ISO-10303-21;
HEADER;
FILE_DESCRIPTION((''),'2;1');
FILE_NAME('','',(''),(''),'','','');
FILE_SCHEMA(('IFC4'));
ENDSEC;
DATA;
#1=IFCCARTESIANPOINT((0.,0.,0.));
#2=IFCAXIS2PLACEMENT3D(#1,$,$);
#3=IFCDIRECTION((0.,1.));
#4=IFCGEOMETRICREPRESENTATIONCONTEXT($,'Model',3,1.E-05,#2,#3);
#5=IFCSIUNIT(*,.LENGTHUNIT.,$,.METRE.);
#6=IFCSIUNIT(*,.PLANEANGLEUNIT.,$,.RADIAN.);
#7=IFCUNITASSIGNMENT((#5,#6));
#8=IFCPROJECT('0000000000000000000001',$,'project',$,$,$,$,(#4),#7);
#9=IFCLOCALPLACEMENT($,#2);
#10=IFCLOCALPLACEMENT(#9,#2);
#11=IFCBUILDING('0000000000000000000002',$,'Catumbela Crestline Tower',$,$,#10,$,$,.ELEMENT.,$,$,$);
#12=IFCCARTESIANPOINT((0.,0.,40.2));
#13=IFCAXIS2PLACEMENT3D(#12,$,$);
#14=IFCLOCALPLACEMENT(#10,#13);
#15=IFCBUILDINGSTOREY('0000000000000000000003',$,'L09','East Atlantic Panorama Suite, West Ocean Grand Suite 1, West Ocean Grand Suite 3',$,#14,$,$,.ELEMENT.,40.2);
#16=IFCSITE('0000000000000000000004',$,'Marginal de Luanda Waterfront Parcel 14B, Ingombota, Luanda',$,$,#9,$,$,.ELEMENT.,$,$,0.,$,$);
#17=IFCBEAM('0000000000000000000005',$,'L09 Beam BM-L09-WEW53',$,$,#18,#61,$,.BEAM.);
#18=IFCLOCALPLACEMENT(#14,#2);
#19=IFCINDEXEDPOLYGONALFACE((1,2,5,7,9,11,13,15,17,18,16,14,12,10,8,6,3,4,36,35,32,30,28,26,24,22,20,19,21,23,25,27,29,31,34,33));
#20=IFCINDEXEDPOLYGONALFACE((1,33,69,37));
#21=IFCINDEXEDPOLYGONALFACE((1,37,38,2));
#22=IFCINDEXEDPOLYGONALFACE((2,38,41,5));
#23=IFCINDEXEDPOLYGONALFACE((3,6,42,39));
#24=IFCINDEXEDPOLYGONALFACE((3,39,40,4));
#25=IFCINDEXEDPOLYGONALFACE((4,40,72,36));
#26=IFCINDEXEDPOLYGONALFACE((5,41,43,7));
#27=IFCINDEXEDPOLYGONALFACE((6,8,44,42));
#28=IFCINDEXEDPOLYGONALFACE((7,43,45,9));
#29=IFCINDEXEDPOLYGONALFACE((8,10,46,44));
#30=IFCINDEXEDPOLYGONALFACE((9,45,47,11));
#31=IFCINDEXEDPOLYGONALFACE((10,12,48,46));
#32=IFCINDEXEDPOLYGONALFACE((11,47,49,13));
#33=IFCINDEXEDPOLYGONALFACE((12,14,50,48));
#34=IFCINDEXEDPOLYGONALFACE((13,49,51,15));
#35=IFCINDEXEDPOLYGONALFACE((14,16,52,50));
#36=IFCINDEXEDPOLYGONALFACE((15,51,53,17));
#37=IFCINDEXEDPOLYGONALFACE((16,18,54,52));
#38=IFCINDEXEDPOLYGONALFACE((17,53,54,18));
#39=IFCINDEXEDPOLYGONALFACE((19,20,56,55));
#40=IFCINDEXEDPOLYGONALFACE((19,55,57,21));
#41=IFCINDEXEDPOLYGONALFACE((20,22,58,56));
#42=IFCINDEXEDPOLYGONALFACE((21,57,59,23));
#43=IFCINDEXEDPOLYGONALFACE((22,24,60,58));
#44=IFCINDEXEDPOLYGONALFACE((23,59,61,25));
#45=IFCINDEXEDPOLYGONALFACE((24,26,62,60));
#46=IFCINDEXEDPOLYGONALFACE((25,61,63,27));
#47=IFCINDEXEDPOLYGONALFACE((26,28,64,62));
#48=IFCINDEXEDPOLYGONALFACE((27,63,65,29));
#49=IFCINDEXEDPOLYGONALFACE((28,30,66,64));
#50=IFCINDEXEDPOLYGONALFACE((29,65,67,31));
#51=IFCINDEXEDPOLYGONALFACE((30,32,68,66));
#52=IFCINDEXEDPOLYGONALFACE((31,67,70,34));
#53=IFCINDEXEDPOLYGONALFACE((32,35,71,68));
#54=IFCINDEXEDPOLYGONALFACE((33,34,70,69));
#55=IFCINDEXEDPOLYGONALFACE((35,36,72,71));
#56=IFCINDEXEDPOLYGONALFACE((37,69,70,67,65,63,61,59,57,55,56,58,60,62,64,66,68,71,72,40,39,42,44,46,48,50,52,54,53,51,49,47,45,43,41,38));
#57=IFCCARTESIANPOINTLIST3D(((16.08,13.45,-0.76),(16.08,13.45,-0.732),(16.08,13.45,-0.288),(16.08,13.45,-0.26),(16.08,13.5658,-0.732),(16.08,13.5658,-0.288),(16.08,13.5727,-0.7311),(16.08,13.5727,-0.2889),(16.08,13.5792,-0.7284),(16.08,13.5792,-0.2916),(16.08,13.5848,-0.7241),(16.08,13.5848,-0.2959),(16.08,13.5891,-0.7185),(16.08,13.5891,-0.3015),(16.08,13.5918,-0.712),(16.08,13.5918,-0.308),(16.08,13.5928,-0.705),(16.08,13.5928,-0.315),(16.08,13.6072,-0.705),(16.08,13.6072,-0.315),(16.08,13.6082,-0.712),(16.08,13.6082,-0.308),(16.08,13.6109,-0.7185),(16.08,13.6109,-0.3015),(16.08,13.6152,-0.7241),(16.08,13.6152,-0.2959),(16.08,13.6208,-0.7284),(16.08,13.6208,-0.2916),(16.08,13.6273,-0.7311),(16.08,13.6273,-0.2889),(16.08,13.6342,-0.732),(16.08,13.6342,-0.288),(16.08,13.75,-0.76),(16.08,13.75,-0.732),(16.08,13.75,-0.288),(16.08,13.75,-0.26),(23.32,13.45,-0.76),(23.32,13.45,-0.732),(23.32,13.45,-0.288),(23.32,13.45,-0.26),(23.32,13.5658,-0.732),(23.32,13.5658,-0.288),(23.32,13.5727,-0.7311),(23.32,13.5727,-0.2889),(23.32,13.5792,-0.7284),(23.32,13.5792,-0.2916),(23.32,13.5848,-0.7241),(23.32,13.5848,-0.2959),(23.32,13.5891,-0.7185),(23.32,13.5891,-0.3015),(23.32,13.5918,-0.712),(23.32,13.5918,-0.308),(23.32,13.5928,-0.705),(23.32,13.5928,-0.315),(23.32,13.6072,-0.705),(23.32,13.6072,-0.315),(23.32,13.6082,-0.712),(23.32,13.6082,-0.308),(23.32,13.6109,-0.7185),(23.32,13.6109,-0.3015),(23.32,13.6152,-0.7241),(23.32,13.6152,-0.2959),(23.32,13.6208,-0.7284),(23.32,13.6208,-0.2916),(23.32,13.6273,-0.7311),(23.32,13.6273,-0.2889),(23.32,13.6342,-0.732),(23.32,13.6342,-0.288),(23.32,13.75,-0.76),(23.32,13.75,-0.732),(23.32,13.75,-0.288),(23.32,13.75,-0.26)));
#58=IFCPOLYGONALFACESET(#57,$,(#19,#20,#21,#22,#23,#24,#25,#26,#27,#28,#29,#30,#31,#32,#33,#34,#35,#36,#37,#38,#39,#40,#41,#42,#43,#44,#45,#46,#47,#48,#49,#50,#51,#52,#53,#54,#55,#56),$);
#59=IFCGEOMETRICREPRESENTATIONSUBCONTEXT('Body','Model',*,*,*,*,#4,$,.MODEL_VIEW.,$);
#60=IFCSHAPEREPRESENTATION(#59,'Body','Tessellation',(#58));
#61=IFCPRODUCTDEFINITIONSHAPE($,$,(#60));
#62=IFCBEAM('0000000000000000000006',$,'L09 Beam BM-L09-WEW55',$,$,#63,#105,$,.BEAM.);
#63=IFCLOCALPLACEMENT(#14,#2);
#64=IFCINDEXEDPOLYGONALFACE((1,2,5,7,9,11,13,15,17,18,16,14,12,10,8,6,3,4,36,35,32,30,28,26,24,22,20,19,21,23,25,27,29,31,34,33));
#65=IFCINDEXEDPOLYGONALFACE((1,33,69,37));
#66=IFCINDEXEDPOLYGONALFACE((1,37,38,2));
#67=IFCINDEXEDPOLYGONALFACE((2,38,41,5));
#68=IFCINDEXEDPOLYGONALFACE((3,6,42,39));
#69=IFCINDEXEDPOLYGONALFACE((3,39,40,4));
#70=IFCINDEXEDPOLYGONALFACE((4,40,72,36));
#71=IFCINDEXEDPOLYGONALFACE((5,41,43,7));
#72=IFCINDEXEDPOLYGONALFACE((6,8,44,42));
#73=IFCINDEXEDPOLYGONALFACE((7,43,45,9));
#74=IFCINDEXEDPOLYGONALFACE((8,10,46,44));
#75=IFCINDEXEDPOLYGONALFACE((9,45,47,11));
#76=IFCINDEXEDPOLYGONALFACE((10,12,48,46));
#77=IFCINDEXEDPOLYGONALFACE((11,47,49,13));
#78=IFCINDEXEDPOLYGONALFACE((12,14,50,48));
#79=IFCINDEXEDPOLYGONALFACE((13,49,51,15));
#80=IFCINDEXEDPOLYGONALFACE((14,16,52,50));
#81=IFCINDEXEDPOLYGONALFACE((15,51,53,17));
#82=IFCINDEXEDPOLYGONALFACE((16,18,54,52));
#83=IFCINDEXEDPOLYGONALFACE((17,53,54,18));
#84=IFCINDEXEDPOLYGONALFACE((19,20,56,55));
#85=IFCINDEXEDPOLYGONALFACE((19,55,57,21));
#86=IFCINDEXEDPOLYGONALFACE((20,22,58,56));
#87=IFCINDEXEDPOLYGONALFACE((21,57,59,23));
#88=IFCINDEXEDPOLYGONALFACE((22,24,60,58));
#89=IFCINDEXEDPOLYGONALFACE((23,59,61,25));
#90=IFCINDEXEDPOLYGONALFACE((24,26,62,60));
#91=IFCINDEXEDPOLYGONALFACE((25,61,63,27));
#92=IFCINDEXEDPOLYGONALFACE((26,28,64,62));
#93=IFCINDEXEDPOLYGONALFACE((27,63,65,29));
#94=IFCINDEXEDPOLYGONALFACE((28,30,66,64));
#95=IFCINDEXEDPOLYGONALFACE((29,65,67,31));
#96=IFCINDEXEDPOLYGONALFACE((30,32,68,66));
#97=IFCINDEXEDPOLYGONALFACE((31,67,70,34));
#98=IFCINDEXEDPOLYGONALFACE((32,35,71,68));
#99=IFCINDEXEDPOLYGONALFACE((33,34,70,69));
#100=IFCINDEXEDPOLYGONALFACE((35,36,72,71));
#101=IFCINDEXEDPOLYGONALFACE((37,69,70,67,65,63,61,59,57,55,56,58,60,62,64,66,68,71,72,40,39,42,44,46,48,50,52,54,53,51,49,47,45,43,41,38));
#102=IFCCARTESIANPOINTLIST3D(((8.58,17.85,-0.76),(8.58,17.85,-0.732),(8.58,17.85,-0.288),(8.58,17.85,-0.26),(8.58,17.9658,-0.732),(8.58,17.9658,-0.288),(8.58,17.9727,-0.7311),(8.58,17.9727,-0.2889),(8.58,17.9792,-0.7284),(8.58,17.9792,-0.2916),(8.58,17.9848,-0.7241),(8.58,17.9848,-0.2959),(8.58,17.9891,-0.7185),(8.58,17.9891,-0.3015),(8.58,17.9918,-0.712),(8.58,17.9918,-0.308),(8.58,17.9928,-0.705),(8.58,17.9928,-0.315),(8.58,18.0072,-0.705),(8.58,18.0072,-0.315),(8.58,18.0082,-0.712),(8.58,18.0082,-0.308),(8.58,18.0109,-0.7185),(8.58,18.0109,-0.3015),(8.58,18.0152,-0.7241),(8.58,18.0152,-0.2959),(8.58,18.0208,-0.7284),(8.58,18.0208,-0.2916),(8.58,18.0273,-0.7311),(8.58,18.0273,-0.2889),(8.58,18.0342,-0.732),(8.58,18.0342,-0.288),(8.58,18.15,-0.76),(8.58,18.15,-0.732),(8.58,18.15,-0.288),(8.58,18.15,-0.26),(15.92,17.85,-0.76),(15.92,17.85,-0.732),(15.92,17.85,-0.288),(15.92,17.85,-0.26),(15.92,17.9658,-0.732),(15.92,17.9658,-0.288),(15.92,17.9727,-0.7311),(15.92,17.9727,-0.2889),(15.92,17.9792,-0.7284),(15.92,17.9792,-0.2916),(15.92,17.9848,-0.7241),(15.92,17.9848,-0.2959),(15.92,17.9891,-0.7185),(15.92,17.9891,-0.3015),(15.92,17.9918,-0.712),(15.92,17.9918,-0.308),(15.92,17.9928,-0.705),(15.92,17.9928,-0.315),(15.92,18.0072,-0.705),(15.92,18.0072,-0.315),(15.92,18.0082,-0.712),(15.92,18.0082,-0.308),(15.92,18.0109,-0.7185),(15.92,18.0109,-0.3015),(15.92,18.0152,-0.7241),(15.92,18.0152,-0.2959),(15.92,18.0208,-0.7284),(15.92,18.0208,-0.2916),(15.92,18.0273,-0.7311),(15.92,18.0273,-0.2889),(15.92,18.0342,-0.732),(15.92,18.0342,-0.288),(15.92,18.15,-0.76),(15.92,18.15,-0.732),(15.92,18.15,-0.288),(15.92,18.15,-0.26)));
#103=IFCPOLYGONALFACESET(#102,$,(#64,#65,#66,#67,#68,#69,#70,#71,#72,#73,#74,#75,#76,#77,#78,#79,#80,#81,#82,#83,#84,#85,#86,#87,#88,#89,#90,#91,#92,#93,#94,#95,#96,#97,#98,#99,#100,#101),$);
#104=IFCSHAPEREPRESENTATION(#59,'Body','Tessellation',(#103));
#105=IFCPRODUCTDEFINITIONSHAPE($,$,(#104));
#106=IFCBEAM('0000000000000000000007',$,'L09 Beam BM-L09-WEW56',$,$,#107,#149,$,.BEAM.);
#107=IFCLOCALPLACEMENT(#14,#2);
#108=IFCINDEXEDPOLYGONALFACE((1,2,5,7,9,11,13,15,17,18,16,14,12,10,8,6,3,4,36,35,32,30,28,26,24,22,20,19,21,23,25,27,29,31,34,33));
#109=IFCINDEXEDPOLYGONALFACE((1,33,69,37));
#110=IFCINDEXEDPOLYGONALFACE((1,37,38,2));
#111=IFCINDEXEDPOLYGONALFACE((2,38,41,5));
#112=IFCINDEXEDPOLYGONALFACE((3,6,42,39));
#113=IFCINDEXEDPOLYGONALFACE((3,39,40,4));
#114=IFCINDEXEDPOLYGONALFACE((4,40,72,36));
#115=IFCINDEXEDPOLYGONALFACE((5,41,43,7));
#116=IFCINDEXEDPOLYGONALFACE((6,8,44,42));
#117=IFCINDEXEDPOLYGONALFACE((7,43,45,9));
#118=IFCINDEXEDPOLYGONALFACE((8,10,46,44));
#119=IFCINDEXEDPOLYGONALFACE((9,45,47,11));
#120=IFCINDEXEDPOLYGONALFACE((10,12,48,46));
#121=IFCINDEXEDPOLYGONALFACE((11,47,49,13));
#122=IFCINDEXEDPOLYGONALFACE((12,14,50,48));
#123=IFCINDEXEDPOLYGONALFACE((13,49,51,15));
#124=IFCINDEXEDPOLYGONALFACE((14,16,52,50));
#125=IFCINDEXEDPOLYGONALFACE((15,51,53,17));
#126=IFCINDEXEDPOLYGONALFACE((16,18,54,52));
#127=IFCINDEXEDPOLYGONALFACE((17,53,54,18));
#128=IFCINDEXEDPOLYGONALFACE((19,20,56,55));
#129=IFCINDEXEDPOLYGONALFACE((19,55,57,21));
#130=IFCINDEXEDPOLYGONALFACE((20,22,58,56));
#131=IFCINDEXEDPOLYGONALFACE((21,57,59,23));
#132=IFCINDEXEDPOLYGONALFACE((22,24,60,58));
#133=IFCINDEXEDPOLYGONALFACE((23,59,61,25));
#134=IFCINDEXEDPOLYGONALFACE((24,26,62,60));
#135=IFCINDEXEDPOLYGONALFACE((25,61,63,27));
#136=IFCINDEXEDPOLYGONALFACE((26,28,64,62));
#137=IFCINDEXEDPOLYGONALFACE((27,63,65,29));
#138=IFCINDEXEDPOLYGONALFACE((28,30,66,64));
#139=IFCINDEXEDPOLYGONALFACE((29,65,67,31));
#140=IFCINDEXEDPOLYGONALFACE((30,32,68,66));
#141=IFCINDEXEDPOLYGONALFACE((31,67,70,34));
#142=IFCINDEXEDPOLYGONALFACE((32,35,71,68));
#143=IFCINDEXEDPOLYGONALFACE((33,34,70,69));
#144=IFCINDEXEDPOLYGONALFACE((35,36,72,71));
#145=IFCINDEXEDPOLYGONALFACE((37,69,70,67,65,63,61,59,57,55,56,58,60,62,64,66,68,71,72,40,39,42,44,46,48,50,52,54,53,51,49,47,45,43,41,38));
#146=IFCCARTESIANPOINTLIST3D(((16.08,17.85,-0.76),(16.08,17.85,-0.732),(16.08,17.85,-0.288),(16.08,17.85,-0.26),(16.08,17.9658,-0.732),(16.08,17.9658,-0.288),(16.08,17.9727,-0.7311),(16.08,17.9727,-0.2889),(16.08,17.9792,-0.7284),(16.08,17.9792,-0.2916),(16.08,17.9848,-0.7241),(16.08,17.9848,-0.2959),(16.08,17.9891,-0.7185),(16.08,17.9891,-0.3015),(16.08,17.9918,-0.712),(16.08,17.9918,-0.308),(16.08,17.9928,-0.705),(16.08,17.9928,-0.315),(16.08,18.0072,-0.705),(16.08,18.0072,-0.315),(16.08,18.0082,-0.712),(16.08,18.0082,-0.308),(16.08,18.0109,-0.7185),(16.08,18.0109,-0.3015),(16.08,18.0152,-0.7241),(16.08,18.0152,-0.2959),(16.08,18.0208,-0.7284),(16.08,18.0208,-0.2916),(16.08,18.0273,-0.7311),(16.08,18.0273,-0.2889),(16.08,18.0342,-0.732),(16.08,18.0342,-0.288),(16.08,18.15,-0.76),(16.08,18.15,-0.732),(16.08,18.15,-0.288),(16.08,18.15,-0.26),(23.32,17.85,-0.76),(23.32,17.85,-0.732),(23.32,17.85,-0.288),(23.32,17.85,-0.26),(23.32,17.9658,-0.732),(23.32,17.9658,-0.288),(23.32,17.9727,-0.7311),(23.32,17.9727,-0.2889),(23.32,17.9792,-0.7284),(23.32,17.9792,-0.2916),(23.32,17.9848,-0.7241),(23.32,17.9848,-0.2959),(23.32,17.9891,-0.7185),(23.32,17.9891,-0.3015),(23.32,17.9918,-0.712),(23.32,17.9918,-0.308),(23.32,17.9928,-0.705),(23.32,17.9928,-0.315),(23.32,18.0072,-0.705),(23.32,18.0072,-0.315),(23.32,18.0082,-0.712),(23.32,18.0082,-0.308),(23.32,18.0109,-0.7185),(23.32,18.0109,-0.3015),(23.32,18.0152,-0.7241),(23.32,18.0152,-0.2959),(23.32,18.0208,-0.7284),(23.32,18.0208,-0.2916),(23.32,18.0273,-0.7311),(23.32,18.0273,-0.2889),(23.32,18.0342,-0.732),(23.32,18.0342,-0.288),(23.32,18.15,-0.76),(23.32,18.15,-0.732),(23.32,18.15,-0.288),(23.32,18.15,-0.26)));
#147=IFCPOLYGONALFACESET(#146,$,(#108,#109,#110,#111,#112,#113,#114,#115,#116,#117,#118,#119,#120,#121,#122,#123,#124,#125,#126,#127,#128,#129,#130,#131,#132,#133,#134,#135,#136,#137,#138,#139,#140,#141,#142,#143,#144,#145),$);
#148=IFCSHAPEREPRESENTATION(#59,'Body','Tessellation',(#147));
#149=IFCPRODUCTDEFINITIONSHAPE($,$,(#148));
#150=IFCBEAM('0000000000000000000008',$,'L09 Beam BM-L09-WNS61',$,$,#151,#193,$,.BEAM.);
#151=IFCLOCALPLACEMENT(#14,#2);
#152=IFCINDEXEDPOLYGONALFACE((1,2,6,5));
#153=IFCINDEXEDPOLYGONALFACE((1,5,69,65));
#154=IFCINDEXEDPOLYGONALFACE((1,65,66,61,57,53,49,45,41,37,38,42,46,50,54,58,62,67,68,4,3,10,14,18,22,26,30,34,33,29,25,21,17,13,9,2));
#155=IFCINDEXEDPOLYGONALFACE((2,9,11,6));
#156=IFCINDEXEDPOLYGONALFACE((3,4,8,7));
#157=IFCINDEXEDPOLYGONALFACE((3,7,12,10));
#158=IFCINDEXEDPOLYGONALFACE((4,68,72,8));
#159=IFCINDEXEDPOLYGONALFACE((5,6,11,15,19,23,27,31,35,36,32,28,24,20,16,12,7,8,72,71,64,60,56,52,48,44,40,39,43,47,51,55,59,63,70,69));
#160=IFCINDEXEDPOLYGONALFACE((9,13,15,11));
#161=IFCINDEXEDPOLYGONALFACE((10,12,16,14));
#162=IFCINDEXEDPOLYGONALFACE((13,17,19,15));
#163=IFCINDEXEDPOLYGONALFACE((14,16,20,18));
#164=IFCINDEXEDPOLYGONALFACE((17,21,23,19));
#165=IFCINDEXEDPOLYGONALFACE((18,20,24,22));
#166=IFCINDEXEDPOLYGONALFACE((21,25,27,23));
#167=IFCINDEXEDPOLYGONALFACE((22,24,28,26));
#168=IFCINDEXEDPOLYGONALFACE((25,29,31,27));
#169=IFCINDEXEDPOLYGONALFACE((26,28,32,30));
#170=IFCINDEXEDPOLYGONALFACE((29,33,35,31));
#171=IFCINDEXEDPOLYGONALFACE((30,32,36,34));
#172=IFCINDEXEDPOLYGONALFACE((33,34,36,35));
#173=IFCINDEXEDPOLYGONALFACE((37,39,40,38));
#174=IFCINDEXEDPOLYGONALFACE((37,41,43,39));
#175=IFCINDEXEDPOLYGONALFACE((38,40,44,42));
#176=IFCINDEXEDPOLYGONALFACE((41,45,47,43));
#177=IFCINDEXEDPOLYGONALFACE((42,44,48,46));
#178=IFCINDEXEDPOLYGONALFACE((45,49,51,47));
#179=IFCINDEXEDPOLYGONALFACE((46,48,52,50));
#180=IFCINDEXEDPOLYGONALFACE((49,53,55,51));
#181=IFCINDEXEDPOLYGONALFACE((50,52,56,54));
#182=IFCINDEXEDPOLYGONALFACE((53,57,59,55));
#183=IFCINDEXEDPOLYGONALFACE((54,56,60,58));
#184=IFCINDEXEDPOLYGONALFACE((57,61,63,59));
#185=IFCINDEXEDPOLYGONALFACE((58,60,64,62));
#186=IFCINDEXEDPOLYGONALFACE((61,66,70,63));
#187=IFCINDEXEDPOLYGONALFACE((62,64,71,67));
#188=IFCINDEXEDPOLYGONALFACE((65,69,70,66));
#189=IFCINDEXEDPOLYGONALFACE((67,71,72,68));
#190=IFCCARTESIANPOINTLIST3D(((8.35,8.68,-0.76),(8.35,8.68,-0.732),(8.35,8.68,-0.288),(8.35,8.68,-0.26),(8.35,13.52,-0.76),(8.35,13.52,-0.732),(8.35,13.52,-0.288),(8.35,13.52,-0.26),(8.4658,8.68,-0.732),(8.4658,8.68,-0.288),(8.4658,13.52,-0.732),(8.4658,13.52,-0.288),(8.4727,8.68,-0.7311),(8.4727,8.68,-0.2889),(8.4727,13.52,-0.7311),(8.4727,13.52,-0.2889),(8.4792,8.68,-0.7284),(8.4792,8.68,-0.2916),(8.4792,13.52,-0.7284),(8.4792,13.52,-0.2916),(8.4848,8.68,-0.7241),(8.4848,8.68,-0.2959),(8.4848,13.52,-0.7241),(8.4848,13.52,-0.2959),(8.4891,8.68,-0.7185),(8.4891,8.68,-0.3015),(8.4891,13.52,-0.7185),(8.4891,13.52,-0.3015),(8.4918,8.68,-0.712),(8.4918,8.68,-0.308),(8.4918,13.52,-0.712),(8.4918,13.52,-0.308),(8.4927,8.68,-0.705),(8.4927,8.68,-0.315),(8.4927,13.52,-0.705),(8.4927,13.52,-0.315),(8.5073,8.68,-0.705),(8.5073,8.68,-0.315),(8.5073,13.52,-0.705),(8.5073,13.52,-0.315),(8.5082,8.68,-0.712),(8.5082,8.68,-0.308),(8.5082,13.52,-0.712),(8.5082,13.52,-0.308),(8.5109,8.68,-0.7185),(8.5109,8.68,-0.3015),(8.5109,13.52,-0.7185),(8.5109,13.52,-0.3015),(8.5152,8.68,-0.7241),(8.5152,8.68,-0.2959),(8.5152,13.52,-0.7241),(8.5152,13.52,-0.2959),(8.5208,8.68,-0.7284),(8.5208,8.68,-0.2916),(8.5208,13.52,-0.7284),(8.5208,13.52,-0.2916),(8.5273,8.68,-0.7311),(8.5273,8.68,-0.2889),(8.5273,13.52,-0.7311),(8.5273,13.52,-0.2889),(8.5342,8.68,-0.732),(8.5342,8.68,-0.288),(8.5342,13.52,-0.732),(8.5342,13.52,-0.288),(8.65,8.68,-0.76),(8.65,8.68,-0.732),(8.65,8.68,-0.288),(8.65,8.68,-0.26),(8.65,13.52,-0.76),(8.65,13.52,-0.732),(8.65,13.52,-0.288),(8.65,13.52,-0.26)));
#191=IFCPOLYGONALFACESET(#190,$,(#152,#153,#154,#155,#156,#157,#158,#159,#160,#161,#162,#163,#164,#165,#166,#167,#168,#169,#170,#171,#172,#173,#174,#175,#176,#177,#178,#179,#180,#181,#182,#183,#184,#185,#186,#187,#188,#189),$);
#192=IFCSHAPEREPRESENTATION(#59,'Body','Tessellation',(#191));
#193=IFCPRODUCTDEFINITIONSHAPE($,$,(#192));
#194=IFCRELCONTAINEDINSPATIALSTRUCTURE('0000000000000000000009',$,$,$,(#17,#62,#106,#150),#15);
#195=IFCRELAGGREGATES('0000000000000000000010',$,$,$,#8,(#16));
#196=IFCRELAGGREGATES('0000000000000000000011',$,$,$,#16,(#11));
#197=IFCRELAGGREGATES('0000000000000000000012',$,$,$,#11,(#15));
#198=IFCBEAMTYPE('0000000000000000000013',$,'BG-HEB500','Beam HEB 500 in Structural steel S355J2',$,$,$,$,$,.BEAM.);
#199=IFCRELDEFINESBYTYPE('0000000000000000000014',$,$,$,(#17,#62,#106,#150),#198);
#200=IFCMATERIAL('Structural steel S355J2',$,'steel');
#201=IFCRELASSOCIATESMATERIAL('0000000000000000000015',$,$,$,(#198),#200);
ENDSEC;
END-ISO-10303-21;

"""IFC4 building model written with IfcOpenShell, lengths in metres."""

from ifc_helpers import new_model, si_unit, direction, frame, origin, origin_2d, place, context, subcontext, project, spatial, i_section, extrude, material, material_profile, profile_set, type_object, element, save


model = new_model("IFC4")

# Units and contexts
model_context = context("Model", 3, precision=1e-05, world=origin(), true_north=direction((0.0, 1.0)))
body_context = subcontext(model_context, "Body", "Model", "MODEL_VIEW")
ifc_project = project(units=[si_unit("LENGTHUNIT", "METRE"), si_unit("PLANEANGLEUNIT", "RADIAN")], contexts=[model_context])

# Site, building, storey
site_placement = place(None, origin())
site = spatial("IfcSite", under=ifc_project, at=site_placement, Name="Marginal de Luanda Waterfront Parcel 14B, Ingombota, Luanda", CompositionType="ELEMENT", RefElevation=0.0)
building_placement = place(site_placement, origin())
building = spatial("IfcBuilding", under=site, at=building_placement, Name="Catumbela Crestline Tower", CompositionType="ELEMENT")
storey_placement = place(building_placement, frame((0.0, 0.0, 40.2)))
storey = spatial("IfcBuildingStorey", under=building, at=storey_placement, Name="L09", Description="East Atlantic Panorama Suite, West Ocean Grand Suite 1, West Ocean Grand Suite 3", CompositionType="ELEMENT", Elevation=40.2)

# Beams
ifc_material_1 = material(Name="Structural steel S355J2", Category="steel")
ifc_material_profile_1 = material_profile(ifc_material_1, i_section(OverallWidth=0.3, OverallDepth=0.5, WebThickness=0.0145, FlangeThickness=0.028, FilletRadius=0.027, at=origin_2d()), Name="HEB 500")
ifc_profile_set_1 = profile_set([ifc_material_profile_1], Name="Structural steel S355J2")
beam_type_1 = type_object("IfcBeamType", Name="BG-HEB500", Description="Beam HEB 500 in Structural steel S355J2", PredefinedType="BEAM", material=ifc_profile_set_1)
beam_1_placement = place(storey_placement, frame((16.08, 13.6, -0.51), z_axis=(1.0, 0.0, 0.0), x_axis=(0.0, 1.0, 0.0)))
element("IfcBeam", 1, at=beam_1_placement, inside=storey, type_object=beam_type_1, Name="L09 Beam BM-L09-WEW53", PredefinedType="BEAM", context=body_context, shape_type="SweptSolid", body=[
    extrude(i_section(OverallWidth=0.3, OverallDepth=0.5, WebThickness=0.0145, FlangeThickness=0.028, FilletRadius=0.027, at=origin_2d()), origin(), (0.0, 0.0, 1.0), 7.24),
])
beam_2_placement = place(storey_placement, frame((8.58, 18.0, -0.51), z_axis=(1.0, 0.0, 0.0), x_axis=(0.0, 1.0, 0.0)))
element("IfcBeam", 2, at=beam_2_placement, inside=storey, type_object=beam_type_1, Name="L09 Beam BM-L09-WEW55", PredefinedType="BEAM", context=body_context, shape_type="SweptSolid", body=[
    extrude(i_section(OverallWidth=0.3, OverallDepth=0.5, WebThickness=0.0145, FlangeThickness=0.028, FilletRadius=0.027, at=origin_2d()), origin(), (0.0, 0.0, 1.0), 7.34),
])
beam_3_placement = place(storey_placement, frame((16.08, 18.0, -0.51), z_axis=(1.0, 0.0, 0.0), x_axis=(0.0, 1.0, 0.0)))
element("IfcBeam", 3, at=beam_3_placement, inside=storey, type_object=beam_type_1, Name="L09 Beam BM-L09-WEW56", PredefinedType="BEAM", context=body_context, shape_type="SweptSolid", body=[
    extrude(i_section(OverallWidth=0.3, OverallDepth=0.5, WebThickness=0.0145, FlangeThickness=0.028, FilletRadius=0.027, at=origin_2d()), origin(), (0.0, 0.0, 1.0), 7.24),
])
beam_4_placement = place(storey_placement, frame((8.5, 8.68, -0.51), z_axis=(0.0, 1.0, 0.0), x_axis=(-1.0, 0.0, 0.0)))
element("IfcBeam", 4, at=beam_4_placement, inside=storey, type_object=beam_type_1, Name="L09 Beam BM-L09-WNS61", PredefinedType="BEAM", context=body_context, shape_type="SweptSolid", body=[
    extrude(i_section(OverallWidth=0.3, OverallDepth=0.5, WebThickness=0.0145, FlangeThickness=0.028, FilletRadius=0.027, at=origin_2d()), origin(), (0.0, 0.0, 1.0), 4.84),
])

save(model, "model.ifc")
